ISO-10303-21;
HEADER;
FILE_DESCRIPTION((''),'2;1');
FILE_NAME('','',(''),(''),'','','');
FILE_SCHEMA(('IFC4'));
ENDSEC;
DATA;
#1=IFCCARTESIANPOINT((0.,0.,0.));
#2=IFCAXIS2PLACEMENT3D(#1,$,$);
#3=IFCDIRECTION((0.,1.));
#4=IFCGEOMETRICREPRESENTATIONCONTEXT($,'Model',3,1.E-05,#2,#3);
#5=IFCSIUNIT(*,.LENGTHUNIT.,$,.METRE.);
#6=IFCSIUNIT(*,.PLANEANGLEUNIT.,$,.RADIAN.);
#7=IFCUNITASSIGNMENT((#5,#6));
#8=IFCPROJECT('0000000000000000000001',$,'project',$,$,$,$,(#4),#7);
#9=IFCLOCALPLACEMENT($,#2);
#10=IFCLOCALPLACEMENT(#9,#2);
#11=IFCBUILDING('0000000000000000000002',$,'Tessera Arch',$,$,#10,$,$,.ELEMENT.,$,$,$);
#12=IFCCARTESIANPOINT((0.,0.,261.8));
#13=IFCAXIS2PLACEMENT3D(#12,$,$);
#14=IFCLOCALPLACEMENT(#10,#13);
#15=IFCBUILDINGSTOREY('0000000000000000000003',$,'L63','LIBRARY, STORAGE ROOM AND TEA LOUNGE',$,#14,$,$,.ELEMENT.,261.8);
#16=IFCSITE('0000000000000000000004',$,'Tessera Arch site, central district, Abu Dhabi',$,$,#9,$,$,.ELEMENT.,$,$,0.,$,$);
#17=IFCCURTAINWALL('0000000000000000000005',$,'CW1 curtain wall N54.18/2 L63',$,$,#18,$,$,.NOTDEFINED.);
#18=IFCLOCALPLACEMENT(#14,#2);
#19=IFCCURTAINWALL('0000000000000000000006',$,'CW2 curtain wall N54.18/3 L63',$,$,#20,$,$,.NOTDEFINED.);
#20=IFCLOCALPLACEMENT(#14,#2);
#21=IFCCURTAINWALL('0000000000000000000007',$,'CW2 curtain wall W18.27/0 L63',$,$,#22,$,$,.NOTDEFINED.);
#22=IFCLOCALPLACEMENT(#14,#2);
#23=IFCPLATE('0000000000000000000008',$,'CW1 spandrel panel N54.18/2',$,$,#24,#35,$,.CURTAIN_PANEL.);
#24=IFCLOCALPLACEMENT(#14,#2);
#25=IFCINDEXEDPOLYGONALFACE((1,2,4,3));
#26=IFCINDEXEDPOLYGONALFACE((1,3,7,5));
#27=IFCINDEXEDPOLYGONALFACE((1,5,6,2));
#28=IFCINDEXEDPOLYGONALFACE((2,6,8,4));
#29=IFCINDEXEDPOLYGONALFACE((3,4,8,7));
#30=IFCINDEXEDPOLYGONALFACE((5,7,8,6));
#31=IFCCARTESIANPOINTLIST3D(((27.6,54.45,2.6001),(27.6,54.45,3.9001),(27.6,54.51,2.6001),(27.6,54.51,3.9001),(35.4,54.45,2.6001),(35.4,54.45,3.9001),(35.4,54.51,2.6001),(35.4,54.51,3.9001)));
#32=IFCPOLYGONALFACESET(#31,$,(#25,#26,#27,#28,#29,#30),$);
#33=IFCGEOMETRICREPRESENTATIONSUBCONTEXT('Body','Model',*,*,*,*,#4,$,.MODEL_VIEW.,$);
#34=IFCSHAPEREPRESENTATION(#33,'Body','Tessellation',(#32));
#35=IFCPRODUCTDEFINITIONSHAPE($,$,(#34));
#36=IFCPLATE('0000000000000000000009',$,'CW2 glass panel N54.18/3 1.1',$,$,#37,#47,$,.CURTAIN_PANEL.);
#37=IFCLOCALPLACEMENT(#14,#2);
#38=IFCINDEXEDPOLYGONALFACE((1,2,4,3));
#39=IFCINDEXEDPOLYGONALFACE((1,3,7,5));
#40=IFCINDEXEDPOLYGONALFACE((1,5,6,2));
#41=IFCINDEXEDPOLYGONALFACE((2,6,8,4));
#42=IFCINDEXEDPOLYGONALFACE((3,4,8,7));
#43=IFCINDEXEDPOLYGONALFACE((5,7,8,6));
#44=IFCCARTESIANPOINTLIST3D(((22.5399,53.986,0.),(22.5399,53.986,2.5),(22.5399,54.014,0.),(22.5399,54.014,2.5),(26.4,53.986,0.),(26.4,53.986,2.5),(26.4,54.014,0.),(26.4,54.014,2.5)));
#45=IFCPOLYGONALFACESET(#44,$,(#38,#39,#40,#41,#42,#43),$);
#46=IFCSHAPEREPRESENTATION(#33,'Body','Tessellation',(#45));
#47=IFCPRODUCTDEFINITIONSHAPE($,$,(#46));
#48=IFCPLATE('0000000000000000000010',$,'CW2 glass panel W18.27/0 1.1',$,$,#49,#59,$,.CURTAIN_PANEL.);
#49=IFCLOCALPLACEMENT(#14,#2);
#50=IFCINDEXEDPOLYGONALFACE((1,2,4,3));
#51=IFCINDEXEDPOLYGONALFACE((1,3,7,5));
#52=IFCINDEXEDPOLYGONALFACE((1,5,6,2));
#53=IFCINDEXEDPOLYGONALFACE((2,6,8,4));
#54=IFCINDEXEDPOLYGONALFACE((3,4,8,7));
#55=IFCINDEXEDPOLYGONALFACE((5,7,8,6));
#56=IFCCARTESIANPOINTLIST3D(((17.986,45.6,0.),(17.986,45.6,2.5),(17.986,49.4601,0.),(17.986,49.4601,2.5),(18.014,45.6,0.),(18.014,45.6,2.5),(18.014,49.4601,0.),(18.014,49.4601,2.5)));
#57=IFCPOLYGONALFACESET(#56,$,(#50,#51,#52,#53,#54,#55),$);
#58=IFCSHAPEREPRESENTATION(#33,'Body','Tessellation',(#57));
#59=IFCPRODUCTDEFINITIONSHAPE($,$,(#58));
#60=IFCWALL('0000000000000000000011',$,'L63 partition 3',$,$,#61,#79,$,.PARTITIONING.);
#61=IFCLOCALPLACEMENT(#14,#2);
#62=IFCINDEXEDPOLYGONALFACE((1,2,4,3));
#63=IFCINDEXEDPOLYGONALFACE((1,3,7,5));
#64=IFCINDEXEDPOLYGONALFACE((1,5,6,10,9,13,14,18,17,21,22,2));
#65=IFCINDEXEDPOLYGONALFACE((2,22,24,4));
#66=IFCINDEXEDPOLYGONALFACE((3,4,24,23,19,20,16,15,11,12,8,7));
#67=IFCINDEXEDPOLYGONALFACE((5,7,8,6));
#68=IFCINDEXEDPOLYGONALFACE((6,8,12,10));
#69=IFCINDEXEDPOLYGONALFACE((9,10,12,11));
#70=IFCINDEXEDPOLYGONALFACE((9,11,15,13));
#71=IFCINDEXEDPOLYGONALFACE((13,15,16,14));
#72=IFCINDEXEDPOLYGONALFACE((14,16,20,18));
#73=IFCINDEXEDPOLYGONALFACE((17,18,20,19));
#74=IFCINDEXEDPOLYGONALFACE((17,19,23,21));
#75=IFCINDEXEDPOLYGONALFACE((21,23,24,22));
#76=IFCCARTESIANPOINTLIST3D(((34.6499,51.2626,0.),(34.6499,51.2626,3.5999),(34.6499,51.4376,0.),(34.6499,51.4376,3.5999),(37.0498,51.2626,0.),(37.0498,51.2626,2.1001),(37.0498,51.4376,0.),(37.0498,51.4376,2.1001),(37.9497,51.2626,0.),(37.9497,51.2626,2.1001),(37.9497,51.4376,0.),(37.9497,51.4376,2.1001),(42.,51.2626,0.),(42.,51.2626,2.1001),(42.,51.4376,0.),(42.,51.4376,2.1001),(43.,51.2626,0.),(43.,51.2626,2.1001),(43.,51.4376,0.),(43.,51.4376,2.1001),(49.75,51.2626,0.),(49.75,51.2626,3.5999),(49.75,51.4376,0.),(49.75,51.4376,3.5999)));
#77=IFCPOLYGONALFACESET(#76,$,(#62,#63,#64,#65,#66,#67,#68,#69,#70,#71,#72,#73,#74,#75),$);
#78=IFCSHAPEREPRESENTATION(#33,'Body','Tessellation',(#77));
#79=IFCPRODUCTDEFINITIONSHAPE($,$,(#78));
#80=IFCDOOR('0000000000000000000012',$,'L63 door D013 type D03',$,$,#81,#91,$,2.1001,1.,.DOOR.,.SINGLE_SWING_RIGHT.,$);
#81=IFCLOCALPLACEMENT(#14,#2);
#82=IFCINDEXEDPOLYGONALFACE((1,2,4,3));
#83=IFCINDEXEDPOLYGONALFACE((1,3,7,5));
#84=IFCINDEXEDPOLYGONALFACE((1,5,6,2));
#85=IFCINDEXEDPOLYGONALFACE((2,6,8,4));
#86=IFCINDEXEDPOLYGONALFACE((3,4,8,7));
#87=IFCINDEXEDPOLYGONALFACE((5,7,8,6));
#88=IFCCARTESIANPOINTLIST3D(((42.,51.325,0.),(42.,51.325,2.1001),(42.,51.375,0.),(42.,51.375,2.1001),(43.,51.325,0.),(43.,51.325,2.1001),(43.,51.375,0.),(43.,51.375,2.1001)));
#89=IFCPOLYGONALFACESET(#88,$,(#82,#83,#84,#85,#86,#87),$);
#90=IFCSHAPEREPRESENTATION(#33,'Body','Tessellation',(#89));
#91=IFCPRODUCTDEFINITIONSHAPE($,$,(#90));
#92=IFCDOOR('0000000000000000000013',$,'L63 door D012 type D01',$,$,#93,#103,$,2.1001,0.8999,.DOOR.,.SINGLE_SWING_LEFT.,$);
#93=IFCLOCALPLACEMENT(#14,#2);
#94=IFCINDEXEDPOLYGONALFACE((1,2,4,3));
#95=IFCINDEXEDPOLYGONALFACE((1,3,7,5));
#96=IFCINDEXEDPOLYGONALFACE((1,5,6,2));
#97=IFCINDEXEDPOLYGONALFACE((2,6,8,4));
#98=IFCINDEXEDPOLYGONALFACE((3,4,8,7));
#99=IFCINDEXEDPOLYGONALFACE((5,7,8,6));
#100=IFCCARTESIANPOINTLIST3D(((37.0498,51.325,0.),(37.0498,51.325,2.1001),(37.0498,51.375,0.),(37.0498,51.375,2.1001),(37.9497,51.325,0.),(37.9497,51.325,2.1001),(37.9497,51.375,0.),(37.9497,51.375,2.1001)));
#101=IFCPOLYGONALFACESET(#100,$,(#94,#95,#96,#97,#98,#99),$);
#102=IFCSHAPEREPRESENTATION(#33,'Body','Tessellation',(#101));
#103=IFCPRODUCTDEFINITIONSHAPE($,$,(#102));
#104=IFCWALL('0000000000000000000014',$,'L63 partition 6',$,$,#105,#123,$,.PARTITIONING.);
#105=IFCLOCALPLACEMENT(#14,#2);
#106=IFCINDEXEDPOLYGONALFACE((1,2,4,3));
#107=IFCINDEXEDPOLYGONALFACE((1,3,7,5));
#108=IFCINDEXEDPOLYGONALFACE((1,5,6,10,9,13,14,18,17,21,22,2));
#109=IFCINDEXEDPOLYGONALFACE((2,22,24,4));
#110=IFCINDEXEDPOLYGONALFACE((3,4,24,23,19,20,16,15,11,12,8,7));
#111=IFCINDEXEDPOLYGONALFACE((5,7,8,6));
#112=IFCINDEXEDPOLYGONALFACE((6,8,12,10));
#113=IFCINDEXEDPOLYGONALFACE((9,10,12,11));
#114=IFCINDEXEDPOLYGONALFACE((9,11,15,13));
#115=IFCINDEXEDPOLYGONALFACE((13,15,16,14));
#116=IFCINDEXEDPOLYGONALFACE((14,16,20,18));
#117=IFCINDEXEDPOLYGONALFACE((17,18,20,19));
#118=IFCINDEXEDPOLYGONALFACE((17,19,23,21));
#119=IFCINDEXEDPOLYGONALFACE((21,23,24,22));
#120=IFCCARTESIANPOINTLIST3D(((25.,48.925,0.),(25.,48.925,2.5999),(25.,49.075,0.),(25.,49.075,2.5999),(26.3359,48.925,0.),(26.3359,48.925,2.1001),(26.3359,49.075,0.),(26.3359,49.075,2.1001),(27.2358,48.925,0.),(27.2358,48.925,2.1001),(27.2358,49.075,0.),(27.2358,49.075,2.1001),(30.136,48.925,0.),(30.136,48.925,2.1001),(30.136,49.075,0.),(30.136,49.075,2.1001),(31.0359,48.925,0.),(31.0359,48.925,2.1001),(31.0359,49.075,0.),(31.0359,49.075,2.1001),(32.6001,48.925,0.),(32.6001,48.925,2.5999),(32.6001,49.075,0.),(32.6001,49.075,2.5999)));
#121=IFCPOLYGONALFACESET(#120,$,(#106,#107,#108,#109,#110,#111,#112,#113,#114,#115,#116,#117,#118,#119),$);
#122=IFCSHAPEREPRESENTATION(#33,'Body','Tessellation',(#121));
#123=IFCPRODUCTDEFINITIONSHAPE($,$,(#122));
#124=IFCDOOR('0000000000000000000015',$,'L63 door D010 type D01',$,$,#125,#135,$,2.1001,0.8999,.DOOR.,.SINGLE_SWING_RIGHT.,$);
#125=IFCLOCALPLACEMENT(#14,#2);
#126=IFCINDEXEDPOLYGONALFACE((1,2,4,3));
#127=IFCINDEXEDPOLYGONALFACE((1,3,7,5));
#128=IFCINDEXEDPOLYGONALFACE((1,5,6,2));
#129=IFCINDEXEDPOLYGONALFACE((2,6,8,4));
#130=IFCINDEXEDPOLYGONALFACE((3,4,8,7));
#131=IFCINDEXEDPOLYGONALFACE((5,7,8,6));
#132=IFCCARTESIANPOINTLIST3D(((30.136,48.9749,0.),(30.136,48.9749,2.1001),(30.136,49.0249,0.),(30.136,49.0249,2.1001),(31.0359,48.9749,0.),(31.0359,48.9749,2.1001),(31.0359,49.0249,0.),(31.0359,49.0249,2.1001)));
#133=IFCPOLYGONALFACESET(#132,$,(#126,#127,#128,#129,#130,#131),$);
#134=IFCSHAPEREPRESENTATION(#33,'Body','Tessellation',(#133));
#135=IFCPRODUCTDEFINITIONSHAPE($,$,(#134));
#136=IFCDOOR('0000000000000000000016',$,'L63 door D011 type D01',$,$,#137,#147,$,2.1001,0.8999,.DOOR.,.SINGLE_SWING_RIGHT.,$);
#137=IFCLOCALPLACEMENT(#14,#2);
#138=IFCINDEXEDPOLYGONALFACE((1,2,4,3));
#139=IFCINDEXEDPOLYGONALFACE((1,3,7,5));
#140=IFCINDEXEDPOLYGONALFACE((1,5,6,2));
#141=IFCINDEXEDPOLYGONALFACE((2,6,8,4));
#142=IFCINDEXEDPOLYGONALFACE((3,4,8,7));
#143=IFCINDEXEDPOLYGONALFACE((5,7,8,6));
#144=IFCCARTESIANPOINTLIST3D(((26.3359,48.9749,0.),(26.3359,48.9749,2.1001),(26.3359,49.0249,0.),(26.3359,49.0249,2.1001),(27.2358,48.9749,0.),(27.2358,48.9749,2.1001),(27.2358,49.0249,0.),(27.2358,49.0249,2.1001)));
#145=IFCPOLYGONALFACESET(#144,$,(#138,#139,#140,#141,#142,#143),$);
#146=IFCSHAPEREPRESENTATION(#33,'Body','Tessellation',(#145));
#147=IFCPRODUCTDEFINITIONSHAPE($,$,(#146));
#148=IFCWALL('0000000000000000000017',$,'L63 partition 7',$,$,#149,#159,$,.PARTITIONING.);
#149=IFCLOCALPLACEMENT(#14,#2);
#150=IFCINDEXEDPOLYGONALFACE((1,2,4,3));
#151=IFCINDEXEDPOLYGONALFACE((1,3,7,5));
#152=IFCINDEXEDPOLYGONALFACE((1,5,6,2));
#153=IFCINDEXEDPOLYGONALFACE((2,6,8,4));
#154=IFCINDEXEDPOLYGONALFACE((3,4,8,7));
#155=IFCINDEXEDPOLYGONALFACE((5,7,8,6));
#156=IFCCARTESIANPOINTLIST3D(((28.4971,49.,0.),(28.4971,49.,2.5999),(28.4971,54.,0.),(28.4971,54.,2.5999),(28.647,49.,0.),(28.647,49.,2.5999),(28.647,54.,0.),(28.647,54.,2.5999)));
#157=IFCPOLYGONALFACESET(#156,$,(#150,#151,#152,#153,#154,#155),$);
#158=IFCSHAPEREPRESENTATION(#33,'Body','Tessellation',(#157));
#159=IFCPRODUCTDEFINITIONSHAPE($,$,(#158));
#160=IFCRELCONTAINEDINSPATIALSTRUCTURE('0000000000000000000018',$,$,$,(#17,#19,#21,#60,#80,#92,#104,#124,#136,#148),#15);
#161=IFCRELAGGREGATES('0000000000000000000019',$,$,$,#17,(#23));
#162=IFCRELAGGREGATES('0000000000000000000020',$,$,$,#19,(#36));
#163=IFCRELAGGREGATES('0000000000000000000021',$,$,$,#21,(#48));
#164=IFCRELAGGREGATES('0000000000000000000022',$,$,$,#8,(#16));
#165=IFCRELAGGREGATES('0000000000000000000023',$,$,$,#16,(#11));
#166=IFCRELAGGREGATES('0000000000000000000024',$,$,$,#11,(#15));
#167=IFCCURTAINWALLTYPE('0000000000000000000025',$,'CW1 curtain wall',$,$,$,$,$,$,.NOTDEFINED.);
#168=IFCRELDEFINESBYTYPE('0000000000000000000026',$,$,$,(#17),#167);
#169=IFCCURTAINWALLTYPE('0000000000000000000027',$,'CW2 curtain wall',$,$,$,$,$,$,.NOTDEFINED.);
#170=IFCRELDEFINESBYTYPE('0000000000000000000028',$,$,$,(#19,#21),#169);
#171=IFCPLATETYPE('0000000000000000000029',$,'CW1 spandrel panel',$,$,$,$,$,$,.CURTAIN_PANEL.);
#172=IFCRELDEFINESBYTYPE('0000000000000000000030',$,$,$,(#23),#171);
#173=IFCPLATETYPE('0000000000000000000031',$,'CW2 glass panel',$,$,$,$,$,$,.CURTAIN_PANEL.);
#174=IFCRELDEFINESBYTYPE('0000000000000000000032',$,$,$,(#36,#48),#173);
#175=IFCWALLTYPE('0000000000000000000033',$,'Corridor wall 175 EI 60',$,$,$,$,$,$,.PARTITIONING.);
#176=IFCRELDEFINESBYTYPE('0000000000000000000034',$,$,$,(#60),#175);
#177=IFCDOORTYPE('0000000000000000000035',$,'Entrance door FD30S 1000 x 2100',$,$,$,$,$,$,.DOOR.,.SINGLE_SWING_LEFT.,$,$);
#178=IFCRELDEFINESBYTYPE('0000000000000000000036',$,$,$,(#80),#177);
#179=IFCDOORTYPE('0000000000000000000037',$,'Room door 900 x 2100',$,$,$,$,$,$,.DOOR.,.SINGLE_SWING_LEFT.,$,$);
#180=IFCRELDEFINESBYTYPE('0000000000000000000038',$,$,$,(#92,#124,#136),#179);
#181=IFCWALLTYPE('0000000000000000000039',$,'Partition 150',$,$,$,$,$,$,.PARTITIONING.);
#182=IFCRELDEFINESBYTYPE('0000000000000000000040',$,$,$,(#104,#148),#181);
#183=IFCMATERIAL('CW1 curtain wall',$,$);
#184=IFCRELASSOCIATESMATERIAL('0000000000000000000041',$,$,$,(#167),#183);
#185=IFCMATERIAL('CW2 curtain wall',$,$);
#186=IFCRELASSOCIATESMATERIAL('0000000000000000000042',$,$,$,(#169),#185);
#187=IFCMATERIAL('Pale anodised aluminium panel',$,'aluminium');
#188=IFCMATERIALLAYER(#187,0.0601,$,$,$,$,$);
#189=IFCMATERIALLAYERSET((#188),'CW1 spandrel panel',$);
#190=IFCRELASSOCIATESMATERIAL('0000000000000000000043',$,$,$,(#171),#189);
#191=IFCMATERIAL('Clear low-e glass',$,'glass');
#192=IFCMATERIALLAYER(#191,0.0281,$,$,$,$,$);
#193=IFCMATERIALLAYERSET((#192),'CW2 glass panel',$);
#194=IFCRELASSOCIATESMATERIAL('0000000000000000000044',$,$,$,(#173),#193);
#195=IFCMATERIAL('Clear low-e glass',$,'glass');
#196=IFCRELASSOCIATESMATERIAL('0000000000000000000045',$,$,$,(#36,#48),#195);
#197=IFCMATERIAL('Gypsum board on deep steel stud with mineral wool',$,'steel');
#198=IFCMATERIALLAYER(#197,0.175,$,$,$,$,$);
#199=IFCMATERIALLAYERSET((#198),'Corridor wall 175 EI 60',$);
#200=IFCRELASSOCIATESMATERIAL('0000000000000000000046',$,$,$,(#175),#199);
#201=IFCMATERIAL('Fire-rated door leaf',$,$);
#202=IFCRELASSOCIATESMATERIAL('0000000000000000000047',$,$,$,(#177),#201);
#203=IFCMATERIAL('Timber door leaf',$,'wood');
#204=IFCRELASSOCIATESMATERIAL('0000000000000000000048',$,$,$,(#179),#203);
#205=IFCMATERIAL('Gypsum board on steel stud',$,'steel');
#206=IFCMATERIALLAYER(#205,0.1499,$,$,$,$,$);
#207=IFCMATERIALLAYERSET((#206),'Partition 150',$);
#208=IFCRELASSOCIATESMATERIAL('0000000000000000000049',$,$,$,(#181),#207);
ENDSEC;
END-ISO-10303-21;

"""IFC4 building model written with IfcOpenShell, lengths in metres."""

from ifc_helpers import new_model, si_unit, direction, frame, frame_2d, origin, origin_2d, place, context, subcontext, project, spatial, rectangle, extrude, material, layer, layer_set, type_object, element, fill, aggregate, save


model = new_model("IFC4")

# Units and contexts
model_context = context("Model", 3, precision=1e-05, world=origin(), true_north=direction((0.0, 1.0)))
body_context = subcontext(model_context, "Body", "Model", "MODEL_VIEW")
ifc_project = project(units=[si_unit("LENGTHUNIT", "METRE"), si_unit("PLANEANGLEUNIT", "RADIAN")], contexts=[model_context])

# Site, building, storey
site_placement = place(None, origin())
site = spatial("IfcSite", under=ifc_project, at=site_placement, Name="Tessera Arch site, central district, Abu Dhabi", CompositionType="ELEMENT", RefElevation=0.0)
building_placement = place(site_placement, origin())
building = spatial("IfcBuilding", under=site, at=building_placement, Name="Tessera Arch", CompositionType="ELEMENT")
storey_placement = place(building_placement, frame((0.0, 0.0, 261.8)))
storey = spatial("IfcBuildingStorey", under=building, at=storey_placement, Name="L63", Description="LIBRARY, STORAGE ROOM AND TEA LOUNGE", CompositionType="ELEMENT", Elevation=261.8)

# Curtain wall
ifc_material_1 = material(Name="CW1 curtain wall")
curtain_wall_type_1 = type_object("IfcCurtainWallType", Name="CW1 curtain wall", PredefinedType="NOTDEFINED", material=ifc_material_1)
curtain_wall_1_placement = place(storey_placement, origin())
curtain_wall_1 = element("IfcCurtainWall", 1, at=curtain_wall_1_placement, inside=storey, type_object=curtain_wall_type_1, Name="CW1 curtain wall N54.18/2 L63", PredefinedType="NOTDEFINED")

# Curtain walls
ifc_material_2 = material(Name="CW2 curtain wall")
curtain_wall_type_2 = type_object("IfcCurtainWallType", Name="CW2 curtain wall", PredefinedType="NOTDEFINED", material=ifc_material_2)
curtain_wall_2_placement = place(storey_placement, origin())
curtain_wall_2 = element("IfcCurtainWall", 2, at=curtain_wall_2_placement, inside=storey, type_object=curtain_wall_type_2, Name="CW2 curtain wall N54.18/3 L63", PredefinedType="NOTDEFINED")
curtain_wall_3_placement = place(storey_placement, origin())
curtain_wall_3 = element("IfcCurtainWall", 3, at=curtain_wall_3_placement, inside=storey, type_object=curtain_wall_type_2, Name="CW2 curtain wall W18.27/0 L63", PredefinedType="NOTDEFINED")

# Plates
ifc_material_3 = material(Name="Clear low-e glass", Category="glass")
ifc_material_4 = material(Name="Pale anodised aluminium panel", Category="aluminium")
ifc_layer_1 = layer(ifc_material_4, 0.0601)
ifc_layer_set_1 = layer_set([ifc_layer_1], Name="CW1 spandrel panel")
plate_type_1 = type_object("IfcPlateType", Name="CW1 spandrel panel", PredefinedType="CURTAIN_PANEL", material=ifc_layer_set_1)
plate_1_placement = place(storey_placement, frame((31.5, 54.48, 2.6001), z_axis=(0.0, 0.0, 1.0), x_axis=(-1.0, 0.0, 0.0)))
plate_1 = element("IfcPlate", 4, at=plate_1_placement, type_object=plate_type_1, Name="CW1 spandrel panel N54.18/2", PredefinedType="CURTAIN_PANEL", context=body_context, shape_type="SweptSolid", body=[
    extrude(rectangle(XDim=7.8, YDim=0.0601, at=origin_2d()), origin(), (0.0, 0.0, 1.0), 1.3),
])
aggregate(curtain_wall_1, [plate_1])
ifc_material_5 = material(Name="Clear low-e glass", Category="glass")
ifc_layer_2 = layer(ifc_material_5, 0.0281)
ifc_layer_set_2 = layer_set([ifc_layer_2], Name="CW2 glass panel")
plate_type_2 = type_object("IfcPlateType", Name="CW2 glass panel", PredefinedType="CURTAIN_PANEL", material=ifc_layer_set_2)
plate_2_placement = place(storey_placement, frame((24.47, 54.0, 0.0), z_axis=(0.0, 0.0, 1.0), x_axis=(-1.0, 0.0, 0.0)))
plate_2 = element("IfcPlate", 5, at=plate_2_placement, type_object=plate_type_2, material=ifc_material_3, Name="CW2 glass panel N54.18/3 1.1", PredefinedType="CURTAIN_PANEL", context=body_context, shape_type="SweptSolid", body=[
    extrude(rectangle(XDim=3.8601, YDim=0.0281, at=origin_2d()), origin(), (0.0, 0.0, 1.0), 2.5),
])
aggregate(curtain_wall_2, [plate_2])
plate_3_placement = place(storey_placement, frame((18.0, 47.53, 0.0), z_axis=(0.0, 0.0, 1.0), x_axis=(0.0, -1.0, 0.0)))
plate_3 = element("IfcPlate", 6, at=plate_3_placement, type_object=plate_type_2, material=ifc_material_3, Name="CW2 glass panel W18.27/0 1.1", PredefinedType="CURTAIN_PANEL", context=body_context, shape_type="SweptSolid", body=[
    extrude(rectangle(XDim=3.8601, YDim=0.0281, at=origin_2d()), origin(), (0.0, 0.0, 1.0), 2.5),
])
aggregate(curtain_wall_3, [plate_3])

# Walls, openings, doors
ifc_material_6 = material(Name="Gypsum board on deep steel stud with mineral wool", Category="steel")
ifc_layer_3 = layer(ifc_material_6, 0.175)
ifc_layer_set_3 = layer_set([ifc_layer_3], Name="Corridor wall 175 EI 60")
wall_type_1 = type_object("IfcWallType", Name="Corridor wall 175 EI 60", PredefinedType="PARTITIONING", material=ifc_layer_set_3)
wall_1_placement = place(storey_placement, frame((34.6499, 51.3501, 0.0), z_axis=(0.0, 0.0, 1.0), x_axis=(1.0, 0.0, 0.0)))
wall_1 = element("IfcWall", 7, at=wall_1_placement, inside=storey, type_object=wall_type_1, Name="L63 partition 3", PredefinedType="PARTITIONING", context=body_context, shape_type="SweptSolid", body=[
    extrude(rectangle(XDim=15.1001, YDim=0.175, at=frame_2d((7.55, 0.0))), origin(), (0.0, 0.0, 1.0), 3.5999),
])
opening_1_placement = place(wall_1_placement, frame((2.3999, 0.0, 0.0)))
opening_1 = element("IfcOpeningElement", 8, at=opening_1_placement, cuts=wall_1, PredefinedType="OPENING", context=body_context, shape_type="SweptSolid", body=[
    extrude(rectangle(XDim=0.8999, YDim=2.1001, at=frame_2d((0.45, 1.05))), frame((0.0, 0.0974, 0.0), z_axis=(0.0, -1.0, 0.0), x_axis=(1.0, 0.0, 0.0)), (0.0, 0.0, 1.0), 0.1951),
])
opening_2_placement = place(wall_1_placement, frame((7.3501, 0.0, 0.0)))
opening_2 = element("IfcOpeningElement", 9, at=opening_2_placement, cuts=wall_1, PredefinedType="OPENING", context=body_context, shape_type="SweptSolid", body=[
    extrude(rectangle(XDim=1.0, YDim=2.1001, at=frame_2d((0.5, 1.05))), frame((0.0, 0.0974, 0.0), z_axis=(0.0, -1.0, 0.0), x_axis=(1.0, 0.0, 0.0)), (0.0, 0.0, 1.0), 0.1951),
])
ifc_material_7 = material(Name="Fire-rated door leaf")
door_type_1 = type_object("IfcDoorType", Name="Entrance door FD30S 1000 x 2100", OperationType="SINGLE_SWING_LEFT", PredefinedType="DOOR", material=ifc_material_7)
door_1_placement = place(opening_2_placement, origin())
door_1 = element("IfcDoor", 10, at=door_1_placement, inside=storey, type_object=door_type_1, Name="L63 door D013 type D03", OperationType="SINGLE_SWING_RIGHT", OverallHeight=2.1001, OverallWidth=1.0, PredefinedType="DOOR", context=body_context, shape_type="SweptSolid", body=[
    extrude(rectangle(XDim=1.0, YDim=2.1001, at=frame_2d((0.5, 1.05))), frame((0.0, 0.0249, 0.0), z_axis=(0.0, -1.0, 0.0), x_axis=(1.0, 0.0, 0.0)), (0.0, 0.0, 1.0), 0.05),
])
fill(opening_2, door_1)
ifc_material_8 = material(Name="Timber door leaf", Category="wood")
door_type_2 = type_object("IfcDoorType", Name="Room door 900 x 2100", OperationType="SINGLE_SWING_LEFT", PredefinedType="DOOR", material=ifc_material_8)
door_2_placement = place(opening_1_placement, origin())
door_2 = element("IfcDoor", 11, at=door_2_placement, inside=storey, type_object=door_type_2, Name="L63 door D012 type D01", OperationType="SINGLE_SWING_LEFT", OverallHeight=2.1001, OverallWidth=0.8999, PredefinedType="DOOR", context=body_context, shape_type="SweptSolid", body=[
    extrude(rectangle(XDim=0.8999, YDim=2.1001, at=frame_2d((0.45, 1.05))), frame((0.0, 0.0249, 0.0), z_axis=(0.0, -1.0, 0.0), x_axis=(1.0, 0.0, 0.0)), (0.0, 0.0, 1.0), 0.05),
])
fill(opening_1, door_2)
ifc_material_9 = material(Name="Gypsum board on steel stud", Category="steel")
ifc_layer_4 = layer(ifc_material_9, 0.1499)
ifc_layer_set_4 = layer_set([ifc_layer_4], Name="Partition 150")
wall_type_2 = type_object("IfcWallType", Name="Partition 150", PredefinedType="PARTITIONING", material=ifc_layer_set_4)
wall_2_placement = place(storey_placement, frame((25.0, 49.0, 0.0), z_axis=(0.0, 0.0, 1.0), x_axis=(1.0, 0.0, 0.0)))
wall_2 = element("IfcWall", 12, at=wall_2_placement, inside=storey, type_object=wall_type_2, Name="L63 partition 6", PredefinedType="PARTITIONING", context=body_context, shape_type="SweptSolid", body=[
    extrude(rectangle(XDim=7.6001, YDim=0.1499, at=frame_2d((3.8, 0.0))), origin(), (0.0, 0.0, 1.0), 2.5999),
])
opening_3_placement = place(wall_2_placement, frame((5.136, 0.0, 0.0)))
opening_3 = element("IfcOpeningElement", 13, at=opening_3_placement, cuts=wall_2, PredefinedType="OPENING", context=body_context, shape_type="SweptSolid", body=[
    extrude(rectangle(XDim=0.8999, YDim=2.1001, at=frame_2d((0.45, 1.05))), frame((0.0, 0.085, 0.0), z_axis=(0.0, -1.0, 0.0), x_axis=(1.0, 0.0, 0.0)), (0.0, 0.0, 1.0), 0.1699),
])
opening_4_placement = place(wall_2_placement, frame((1.3359, 0.0, 0.0)))
opening_4 = element("IfcOpeningElement", 14, at=opening_4_placement, cuts=wall_2, PredefinedType="OPENING", context=body_context, shape_type="SweptSolid", body=[
    extrude(rectangle(XDim=0.8999, YDim=2.1001, at=frame_2d((0.45, 1.05))), frame((0.0, 0.085, 0.0), z_axis=(0.0, -1.0, 0.0), x_axis=(1.0, 0.0, 0.0)), (0.0, 0.0, 1.0), 0.1699),
])
door_3_placement = place(opening_3_placement, origin())
door_3 = element("IfcDoor", 15, at=door_3_placement, inside=storey, type_object=door_type_2, Name="L63 door D010 type D01", OperationType="SINGLE_SWING_RIGHT", OverallHeight=2.1001, OverallWidth=0.8999, PredefinedType="DOOR", context=body_context, shape_type="SweptSolid", body=[
    extrude(rectangle(XDim=0.8999, YDim=2.1001, at=frame_2d((0.45, 1.05))), frame((0.0, 0.0249, 0.0), z_axis=(0.0, -1.0, 0.0), x_axis=(1.0, 0.0, 0.0)), (0.0, 0.0, 1.0), 0.05),
])
fill(opening_3, door_3)
door_4_placement = place(opening_4_placement, origin())
door_4 = element("IfcDoor", 16, at=door_4_placement, inside=storey, type_object=door_type_2, Name="L63 door D011 type D01", OperationType="SINGLE_SWING_RIGHT", OverallHeight=2.1001, OverallWidth=0.8999, PredefinedType="DOOR", context=body_context, shape_type="SweptSolid", body=[
    extrude(rectangle(XDim=0.8999, YDim=2.1001, at=frame_2d((0.45, 1.05))), frame((0.0, 0.0249, 0.0), z_axis=(0.0, -1.0, 0.0), x_axis=(1.0, 0.0, 0.0)), (0.0, 0.0, 1.0), 0.05),
])
fill(opening_4, door_4)

# Wall
wall_3_placement = place(storey_placement, frame((28.572, 49.0, 0.0), z_axis=(0.0, 0.0, 1.0), x_axis=(0.0, 1.0, 0.0)))
element("IfcWall", 17, at=wall_3_placement, inside=storey, type_object=wall_type_2, Name="L63 partition 7", PredefinedType="PARTITIONING", context=body_context, shape_type="SweptSolid", body=[
    extrude(rectangle(XDim=5.0, YDim=0.1499, at=frame_2d((2.5, 0.0))), origin(), (0.0, 0.0, 1.0), 2.5999),
])

save(model, "model.ifc")
